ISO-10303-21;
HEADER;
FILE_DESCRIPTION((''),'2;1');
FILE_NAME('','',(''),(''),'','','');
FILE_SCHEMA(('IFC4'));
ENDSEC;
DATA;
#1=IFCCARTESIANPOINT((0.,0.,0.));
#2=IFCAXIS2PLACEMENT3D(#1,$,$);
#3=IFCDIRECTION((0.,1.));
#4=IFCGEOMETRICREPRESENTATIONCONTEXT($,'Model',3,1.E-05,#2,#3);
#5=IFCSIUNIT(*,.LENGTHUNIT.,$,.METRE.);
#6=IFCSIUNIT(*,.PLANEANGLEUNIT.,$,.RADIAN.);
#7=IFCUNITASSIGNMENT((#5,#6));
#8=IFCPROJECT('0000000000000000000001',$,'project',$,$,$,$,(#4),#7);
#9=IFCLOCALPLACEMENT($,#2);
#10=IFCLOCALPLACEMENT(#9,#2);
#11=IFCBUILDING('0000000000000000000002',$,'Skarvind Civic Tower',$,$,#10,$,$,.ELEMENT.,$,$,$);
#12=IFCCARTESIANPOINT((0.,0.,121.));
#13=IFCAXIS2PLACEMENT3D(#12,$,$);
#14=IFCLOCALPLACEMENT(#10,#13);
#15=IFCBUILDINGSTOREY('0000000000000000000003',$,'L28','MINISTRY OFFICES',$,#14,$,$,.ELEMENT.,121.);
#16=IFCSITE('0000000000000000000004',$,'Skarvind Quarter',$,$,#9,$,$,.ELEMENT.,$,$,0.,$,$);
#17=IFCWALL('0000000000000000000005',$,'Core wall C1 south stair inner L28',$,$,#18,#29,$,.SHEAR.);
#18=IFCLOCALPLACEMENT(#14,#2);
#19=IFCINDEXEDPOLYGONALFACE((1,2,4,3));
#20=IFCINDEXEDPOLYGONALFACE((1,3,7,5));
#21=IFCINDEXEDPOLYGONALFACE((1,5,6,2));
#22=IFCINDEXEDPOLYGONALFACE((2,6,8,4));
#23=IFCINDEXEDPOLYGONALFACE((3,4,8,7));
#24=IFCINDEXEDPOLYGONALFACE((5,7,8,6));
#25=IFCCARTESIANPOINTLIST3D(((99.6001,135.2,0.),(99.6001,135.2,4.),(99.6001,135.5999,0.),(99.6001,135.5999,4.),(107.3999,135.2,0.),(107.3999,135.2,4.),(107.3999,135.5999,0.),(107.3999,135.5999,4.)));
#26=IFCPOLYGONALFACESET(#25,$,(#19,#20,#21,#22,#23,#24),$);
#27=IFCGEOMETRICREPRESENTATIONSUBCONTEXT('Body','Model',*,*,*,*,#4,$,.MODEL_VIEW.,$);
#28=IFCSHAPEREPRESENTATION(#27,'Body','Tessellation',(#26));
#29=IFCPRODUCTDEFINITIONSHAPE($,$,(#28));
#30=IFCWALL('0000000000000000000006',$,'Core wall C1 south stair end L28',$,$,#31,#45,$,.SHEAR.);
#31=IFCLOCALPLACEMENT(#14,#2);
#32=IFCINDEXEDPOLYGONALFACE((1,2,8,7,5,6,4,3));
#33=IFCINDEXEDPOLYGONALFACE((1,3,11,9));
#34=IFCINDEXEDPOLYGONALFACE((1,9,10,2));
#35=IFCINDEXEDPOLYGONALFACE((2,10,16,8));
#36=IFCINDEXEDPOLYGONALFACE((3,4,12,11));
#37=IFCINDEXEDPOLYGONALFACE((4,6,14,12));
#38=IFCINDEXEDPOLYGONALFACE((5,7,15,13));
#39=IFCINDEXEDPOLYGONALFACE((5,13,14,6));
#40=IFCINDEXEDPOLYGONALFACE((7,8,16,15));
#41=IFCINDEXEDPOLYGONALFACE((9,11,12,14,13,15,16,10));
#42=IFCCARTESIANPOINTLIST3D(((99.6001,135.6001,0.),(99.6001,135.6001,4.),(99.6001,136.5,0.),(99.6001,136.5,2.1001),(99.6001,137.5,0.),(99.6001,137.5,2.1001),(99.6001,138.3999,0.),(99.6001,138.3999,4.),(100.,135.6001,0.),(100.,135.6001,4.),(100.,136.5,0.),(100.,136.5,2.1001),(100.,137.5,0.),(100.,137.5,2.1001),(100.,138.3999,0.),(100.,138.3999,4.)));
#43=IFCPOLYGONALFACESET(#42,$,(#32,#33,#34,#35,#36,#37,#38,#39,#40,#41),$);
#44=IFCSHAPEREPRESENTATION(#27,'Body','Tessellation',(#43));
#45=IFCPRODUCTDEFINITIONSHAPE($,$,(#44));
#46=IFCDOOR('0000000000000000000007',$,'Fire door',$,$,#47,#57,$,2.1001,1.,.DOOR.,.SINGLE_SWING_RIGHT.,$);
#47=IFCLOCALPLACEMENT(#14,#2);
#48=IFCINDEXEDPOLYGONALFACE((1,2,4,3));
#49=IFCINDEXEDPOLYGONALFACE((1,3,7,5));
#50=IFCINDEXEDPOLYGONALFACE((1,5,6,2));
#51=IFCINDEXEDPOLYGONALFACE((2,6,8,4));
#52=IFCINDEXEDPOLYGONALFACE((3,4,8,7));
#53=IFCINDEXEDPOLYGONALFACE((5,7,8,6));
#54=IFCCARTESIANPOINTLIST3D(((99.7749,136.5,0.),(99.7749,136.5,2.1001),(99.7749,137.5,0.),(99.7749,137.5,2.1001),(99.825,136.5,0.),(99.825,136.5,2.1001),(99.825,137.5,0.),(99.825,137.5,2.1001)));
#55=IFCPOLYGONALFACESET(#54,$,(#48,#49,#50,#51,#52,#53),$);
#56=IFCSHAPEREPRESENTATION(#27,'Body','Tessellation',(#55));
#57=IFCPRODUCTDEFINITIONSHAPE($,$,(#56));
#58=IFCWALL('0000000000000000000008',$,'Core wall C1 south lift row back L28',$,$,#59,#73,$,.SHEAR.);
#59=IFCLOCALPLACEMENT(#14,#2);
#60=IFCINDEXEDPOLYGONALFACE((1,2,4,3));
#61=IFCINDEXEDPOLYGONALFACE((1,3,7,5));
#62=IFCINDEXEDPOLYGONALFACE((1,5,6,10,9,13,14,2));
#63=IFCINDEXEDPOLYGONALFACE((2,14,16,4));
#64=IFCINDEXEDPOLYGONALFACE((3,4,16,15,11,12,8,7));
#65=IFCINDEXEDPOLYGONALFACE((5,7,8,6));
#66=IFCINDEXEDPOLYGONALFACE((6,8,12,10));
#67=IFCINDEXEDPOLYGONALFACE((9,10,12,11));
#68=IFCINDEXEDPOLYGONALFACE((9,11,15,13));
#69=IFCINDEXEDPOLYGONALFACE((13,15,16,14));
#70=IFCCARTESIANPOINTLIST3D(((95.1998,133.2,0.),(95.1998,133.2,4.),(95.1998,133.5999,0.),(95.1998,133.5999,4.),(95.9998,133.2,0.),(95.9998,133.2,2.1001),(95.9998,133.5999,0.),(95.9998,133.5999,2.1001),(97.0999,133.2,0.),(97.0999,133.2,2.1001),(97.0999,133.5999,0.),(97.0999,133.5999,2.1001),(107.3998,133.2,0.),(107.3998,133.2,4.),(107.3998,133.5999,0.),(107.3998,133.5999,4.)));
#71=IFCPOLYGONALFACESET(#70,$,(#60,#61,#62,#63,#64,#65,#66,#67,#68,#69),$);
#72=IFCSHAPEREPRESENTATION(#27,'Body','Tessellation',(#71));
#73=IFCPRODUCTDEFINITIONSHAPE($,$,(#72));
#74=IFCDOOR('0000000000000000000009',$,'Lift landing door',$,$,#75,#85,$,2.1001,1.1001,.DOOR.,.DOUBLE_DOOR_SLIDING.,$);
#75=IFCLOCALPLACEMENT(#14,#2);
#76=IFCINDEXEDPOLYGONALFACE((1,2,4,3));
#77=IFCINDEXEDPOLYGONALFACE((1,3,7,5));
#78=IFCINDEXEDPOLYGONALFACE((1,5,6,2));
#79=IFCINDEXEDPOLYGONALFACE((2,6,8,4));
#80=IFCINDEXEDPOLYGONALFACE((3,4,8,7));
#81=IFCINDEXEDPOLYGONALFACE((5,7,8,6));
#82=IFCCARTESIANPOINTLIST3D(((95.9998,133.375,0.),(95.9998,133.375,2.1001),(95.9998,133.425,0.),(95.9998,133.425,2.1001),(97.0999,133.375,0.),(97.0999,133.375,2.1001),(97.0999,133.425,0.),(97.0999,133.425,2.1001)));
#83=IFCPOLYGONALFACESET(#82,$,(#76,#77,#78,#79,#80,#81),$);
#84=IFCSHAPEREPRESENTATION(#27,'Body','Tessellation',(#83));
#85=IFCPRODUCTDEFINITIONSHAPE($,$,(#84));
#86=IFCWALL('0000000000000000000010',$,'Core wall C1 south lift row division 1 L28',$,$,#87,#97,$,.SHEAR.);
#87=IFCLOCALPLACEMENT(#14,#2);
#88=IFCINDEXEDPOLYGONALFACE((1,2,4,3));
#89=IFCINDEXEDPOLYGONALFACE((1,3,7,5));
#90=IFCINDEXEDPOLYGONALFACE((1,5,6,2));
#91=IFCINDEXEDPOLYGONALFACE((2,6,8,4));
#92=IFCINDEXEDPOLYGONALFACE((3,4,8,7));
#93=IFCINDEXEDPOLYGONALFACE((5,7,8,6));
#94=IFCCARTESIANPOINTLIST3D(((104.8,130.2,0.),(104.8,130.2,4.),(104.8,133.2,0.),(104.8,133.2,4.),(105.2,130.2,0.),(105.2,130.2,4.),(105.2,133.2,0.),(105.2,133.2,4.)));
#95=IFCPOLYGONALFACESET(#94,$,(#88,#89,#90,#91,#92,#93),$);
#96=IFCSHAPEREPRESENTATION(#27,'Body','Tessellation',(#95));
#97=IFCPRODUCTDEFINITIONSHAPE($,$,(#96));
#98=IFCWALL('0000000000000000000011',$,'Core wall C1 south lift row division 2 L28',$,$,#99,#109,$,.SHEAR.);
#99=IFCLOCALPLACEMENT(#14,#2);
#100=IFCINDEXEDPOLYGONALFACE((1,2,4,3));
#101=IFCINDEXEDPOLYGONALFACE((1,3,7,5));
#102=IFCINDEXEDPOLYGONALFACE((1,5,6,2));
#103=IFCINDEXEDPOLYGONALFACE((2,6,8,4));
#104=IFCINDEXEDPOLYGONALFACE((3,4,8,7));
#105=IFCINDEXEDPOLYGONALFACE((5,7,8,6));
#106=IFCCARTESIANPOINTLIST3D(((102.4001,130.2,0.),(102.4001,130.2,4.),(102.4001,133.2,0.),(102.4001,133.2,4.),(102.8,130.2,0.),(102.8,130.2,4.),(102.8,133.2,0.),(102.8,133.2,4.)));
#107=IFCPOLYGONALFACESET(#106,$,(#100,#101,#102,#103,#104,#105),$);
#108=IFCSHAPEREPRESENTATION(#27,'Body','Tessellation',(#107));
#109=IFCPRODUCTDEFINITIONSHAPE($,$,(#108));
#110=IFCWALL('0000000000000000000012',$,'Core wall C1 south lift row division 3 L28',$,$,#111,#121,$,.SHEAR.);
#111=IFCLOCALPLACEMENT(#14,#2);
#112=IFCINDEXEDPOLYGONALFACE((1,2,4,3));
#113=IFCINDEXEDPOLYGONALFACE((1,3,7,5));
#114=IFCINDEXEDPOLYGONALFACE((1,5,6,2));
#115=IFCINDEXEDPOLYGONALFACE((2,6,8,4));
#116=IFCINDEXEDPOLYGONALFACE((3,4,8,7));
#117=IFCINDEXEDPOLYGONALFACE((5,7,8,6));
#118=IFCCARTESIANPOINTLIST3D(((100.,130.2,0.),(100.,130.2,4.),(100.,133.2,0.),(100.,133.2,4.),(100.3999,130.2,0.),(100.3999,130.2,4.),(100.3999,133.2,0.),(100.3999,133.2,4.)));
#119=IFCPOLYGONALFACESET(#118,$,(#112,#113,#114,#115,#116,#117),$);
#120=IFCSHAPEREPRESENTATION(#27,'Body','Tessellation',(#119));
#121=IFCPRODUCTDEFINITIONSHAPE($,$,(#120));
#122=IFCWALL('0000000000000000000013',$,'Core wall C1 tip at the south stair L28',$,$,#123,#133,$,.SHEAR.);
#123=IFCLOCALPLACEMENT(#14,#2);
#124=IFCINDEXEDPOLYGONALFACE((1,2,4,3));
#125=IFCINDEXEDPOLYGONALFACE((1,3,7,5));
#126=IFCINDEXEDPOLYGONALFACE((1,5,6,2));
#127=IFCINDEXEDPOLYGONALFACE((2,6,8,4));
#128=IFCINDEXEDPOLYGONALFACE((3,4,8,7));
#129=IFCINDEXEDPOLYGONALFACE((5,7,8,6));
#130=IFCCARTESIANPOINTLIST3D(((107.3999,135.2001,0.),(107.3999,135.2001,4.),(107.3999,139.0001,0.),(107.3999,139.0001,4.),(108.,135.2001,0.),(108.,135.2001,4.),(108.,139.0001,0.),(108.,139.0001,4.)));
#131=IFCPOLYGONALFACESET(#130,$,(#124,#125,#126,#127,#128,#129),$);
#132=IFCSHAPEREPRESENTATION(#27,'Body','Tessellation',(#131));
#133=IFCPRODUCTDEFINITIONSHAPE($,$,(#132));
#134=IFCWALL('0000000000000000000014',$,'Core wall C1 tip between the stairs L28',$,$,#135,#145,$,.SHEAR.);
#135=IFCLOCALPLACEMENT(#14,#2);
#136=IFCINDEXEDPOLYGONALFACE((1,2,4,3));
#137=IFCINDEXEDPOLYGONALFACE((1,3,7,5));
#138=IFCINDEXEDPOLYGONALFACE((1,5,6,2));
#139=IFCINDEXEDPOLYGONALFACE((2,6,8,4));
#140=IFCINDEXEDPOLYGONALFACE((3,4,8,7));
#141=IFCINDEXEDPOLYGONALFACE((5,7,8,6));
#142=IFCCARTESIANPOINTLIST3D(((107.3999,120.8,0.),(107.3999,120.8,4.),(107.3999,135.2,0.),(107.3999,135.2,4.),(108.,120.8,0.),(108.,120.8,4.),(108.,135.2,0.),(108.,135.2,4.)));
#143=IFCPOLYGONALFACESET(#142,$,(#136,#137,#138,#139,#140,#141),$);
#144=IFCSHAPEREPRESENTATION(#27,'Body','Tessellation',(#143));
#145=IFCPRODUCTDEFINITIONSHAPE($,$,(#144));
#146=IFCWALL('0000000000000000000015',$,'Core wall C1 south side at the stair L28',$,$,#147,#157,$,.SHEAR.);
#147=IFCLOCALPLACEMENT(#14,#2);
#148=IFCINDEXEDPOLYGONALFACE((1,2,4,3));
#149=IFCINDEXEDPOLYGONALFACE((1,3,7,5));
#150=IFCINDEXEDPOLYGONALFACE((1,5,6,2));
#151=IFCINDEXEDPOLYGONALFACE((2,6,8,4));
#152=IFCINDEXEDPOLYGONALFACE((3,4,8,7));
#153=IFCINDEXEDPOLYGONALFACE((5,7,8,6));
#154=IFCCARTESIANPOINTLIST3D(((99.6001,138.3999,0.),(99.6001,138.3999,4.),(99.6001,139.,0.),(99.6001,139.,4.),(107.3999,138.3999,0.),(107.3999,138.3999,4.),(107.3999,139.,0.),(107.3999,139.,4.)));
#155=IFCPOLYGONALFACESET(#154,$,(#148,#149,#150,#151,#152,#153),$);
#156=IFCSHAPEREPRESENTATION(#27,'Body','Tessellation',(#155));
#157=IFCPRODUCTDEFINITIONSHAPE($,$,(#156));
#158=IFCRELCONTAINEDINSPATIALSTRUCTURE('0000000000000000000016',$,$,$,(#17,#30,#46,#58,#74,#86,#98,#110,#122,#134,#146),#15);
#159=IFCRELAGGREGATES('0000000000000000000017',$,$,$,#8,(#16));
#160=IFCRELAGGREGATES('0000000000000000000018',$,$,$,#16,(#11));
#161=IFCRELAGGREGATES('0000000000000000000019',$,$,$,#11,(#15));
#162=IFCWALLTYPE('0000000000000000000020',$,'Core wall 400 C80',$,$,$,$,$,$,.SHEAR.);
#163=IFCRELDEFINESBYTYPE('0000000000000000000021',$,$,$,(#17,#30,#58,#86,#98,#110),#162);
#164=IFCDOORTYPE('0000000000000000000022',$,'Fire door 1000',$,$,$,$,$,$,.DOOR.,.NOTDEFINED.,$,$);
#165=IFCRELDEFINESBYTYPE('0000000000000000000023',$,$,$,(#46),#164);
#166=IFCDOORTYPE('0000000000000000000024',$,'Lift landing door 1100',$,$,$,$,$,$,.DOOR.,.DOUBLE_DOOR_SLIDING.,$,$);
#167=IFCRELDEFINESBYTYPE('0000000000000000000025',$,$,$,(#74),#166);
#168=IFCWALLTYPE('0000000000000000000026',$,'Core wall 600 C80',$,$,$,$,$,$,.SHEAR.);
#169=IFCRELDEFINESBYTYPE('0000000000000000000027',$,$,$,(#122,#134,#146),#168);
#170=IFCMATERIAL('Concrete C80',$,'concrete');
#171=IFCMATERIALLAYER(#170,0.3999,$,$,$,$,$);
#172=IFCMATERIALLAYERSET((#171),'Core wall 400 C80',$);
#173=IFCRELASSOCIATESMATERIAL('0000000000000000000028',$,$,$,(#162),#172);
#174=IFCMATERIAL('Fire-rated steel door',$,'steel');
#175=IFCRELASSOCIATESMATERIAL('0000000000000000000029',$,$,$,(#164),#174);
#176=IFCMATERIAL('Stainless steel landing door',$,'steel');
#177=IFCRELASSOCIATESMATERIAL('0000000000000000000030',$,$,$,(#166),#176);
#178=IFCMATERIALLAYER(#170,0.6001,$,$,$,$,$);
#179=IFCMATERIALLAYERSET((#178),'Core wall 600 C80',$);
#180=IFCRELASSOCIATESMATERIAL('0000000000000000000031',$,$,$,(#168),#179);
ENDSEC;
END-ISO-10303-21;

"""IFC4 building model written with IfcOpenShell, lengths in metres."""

from ifc_helpers import new_model, si_unit, direction, frame, frame_2d, origin, place, context, subcontext, project, spatial, rectangle, extrude, material, layer, layer_set, type_object, element, fill, save


model = new_model("IFC4")

# Units and contexts
model_context = context("Model", 3, precision=1e-05, world=origin(), true_north=direction((0.0, 1.0)))
body_context = subcontext(model_context, "Body", "Model", "MODEL_VIEW")
ifc_project = project(units=[si_unit("LENGTHUNIT", "METRE"), si_unit("PLANEANGLEUNIT", "RADIAN")], contexts=[model_context])

# Site, building, storey
site_placement = place(None, origin())
site = spatial("IfcSite", under=ifc_project, at=site_placement, Name="Skarvind Quarter", CompositionType="ELEMENT", RefElevation=0.0)
building_placement = place(site_placement, origin())
building = spatial("IfcBuilding", under=site, at=building_placement, Name="Skarvind Civic Tower", CompositionType="ELEMENT")
storey_placement = place(building_placement, frame((0.0, 0.0, 121.0)))
storey = spatial("IfcBuildingStorey", under=building, at=storey_placement, Name="L28", Description="MINISTRY OFFICES", CompositionType="ELEMENT", Elevation=121.0)

# Wall
ifc_material_1 = material(Name="Concrete C80", Category="concrete")
ifc_layer_1 = layer(ifc_material_1, 0.3999)
ifc_layer_set_1 = layer_set([ifc_layer_1], Name="Core wall 400 C80")
wall_type_1 = type_object("IfcWallType", Name="Core wall 400 C80", PredefinedType="SHEAR", material=ifc_layer_set_1)
wall_1_placement = place(storey_placement, frame((107.3999, 135.3999, 0.0), z_axis=(0.0, 0.0, 1.0), x_axis=(-1.0, 0.0, 0.0)))
element("IfcWall", 1, at=wall_1_placement, inside=storey, type_object=wall_type_1, Name="Core wall C1 south stair inner L28", PredefinedType="SHEAR", context=body_context, shape_type="SweptSolid", body=[
    extrude(rectangle(XDim=7.7998, YDim=0.3999, at=frame_2d((3.8999, 0.0))), origin(), (0.0, 0.0, 1.0), 4.0),
])

# Walls, openings, doors
wall_2_placement = place(storey_placement, frame((99.8, 138.3999, 0.0), z_axis=(0.0, 0.0, 1.0), x_axis=(0.0, -1.0, 0.0)))
wall_2 = element("IfcWall", 2, at=wall_2_placement, inside=storey, type_object=wall_type_1, Name="Core wall C1 south stair end L28", PredefinedType="SHEAR", context=body_context, shape_type="SweptSolid", body=[
    extrude(rectangle(XDim=2.7998, YDim=0.3999, at=frame_2d((1.3999, 0.0))), origin(), (0.0, 0.0, 1.0), 4.0),
])
opening_1_placement = place(wall_2_placement, frame((0.8999, 0.0, 0.0)))
opening_1 = element("IfcOpeningElement", 3, at=opening_1_placement, cuts=wall_2, PredefinedType="OPENING", context=body_context, shape_type="SweptSolid", body=[
    extrude(rectangle(XDim=1.0, YDim=2.1001, at=frame_2d((0.5, 1.05))), frame((0.0, 0.21, 0.0), z_axis=(0.0, -1.0, 0.0), x_axis=(1.0, 0.0, 0.0)), (0.0, 0.0, 1.0), 0.4199),
])
ifc_material_2 = material(Name="Fire-rated steel door", Category="steel")
door_type_1 = type_object("IfcDoorType", Name="Fire door 1000", OperationType="NOTDEFINED", PredefinedType="DOOR", material=ifc_material_2)
door_1_placement = place(opening_1_placement, origin())
door_1 = element("IfcDoor", 4, at=door_1_placement, inside=storey, type_object=door_type_1, Name="Fire door", OperationType="SINGLE_SWING_RIGHT", OverallHeight=2.1001, OverallWidth=1.0, PredefinedType="DOOR", context=body_context, shape_type="SweptSolid", body=[
    extrude(rectangle(XDim=1.0, YDim=2.1001, at=frame_2d((0.5, 1.05))), frame((0.0, 0.0249, 0.0), z_axis=(0.0, -1.0, 0.0), x_axis=(1.0, 0.0, 0.0)), (0.0, 0.0, 1.0), 0.05),
])
fill(opening_1, door_1)
wall_3_placement = place(storey_placement, frame((107.3999, 133.3999, 0.0), z_axis=(0.0, 0.0, 1.0), x_axis=(-1.0, 0.0, 0.0)))
wall_3 = element("IfcWall", 5, at=wall_3_placement, inside=storey, type_object=wall_type_1, Name="Core wall C1 south lift row back L28", PredefinedType="SHEAR", context=body_context, shape_type="SweptSolid", body=[
    extrude(rectangle(XDim=12.2, YDim=0.3999, at=frame_2d((6.1001, 0.0))), origin(), (0.0, 0.0, 1.0), 4.0),
])
opening_2_placement = place(wall_3_placement, frame((10.3, 0.0, 0.0)))
opening_2 = element("IfcOpeningElement", 6, at=opening_2_placement, cuts=wall_3, PredefinedType="OPENING", context=body_context, shape_type="SweptSolid", body=[
    extrude(rectangle(XDim=1.1001, YDim=2.1001, at=frame_2d((0.55, 1.05))), frame((0.0, 0.21, 0.0), z_axis=(0.0, -1.0, 0.0), x_axis=(1.0, 0.0, 0.0)), (0.0, 0.0, 1.0), 0.4199),
])
ifc_material_3 = material(Name="Stainless steel landing door", Category="steel")
door_type_2 = type_object("IfcDoorType", Name="Lift landing door 1100", OperationType="DOUBLE_DOOR_SLIDING", PredefinedType="DOOR", material=ifc_material_3)
door_2_placement = place(opening_2_placement, origin())
door_2 = element("IfcDoor", 7, at=door_2_placement, inside=storey, type_object=door_type_2, Name="Lift landing door", OperationType="DOUBLE_DOOR_SLIDING", OverallHeight=2.1001, OverallWidth=1.1001, PredefinedType="DOOR", context=body_context, shape_type="SweptSolid", body=[
    extrude(rectangle(XDim=1.1001, YDim=2.1001, at=frame_2d((0.55, 1.05))), frame((0.0, 0.0249, 0.0), z_axis=(0.0, -1.0, 0.0), x_axis=(1.0, 0.0, 0.0)), (0.0, 0.0, 1.0), 0.05),
])
fill(opening_2, door_2)

# Walls
for number, where, z_axis, x_axis, name in (
    (8, (105.0, 133.2, 0.0), (0.0, 0.0, 1.0), (0.0, -1.0, 0.0), "Core wall C1 south lift row division 1 L28"),
    (9, (102.6001, 133.2, 0.0), (0.0, 0.0, 1.0), (0.0, -1.0, 0.0), "Core wall C1 south lift row division 2 L28"),
    (10, (100.2, 133.2, 0.0), (0.0, 0.0, 1.0), (0.0, -1.0, 0.0), "Core wall C1 south lift row division 3 L28"),
):
    element("IfcWall", number, at=place(storey_placement, frame(where, z_axis=z_axis, x_axis=x_axis)), inside=storey, type_object=wall_type_1, Name=name, PredefinedType="SHEAR", context=body_context, shape_type="SweptSolid", body=[
        extrude(rectangle(XDim=3.0, YDim=0.3999, at=frame_2d((1.5, 0.0))), origin(), (0.0, 0.0, 1.0), 4.0),
    ])
ifc_layer_2 = layer(ifc_material_1, 0.6001)
ifc_layer_set_2 = layer_set([ifc_layer_2], Name="Core wall 600 C80")
wall_type_2 = type_object("IfcWallType", Name="Core wall 600 C80", PredefinedType="SHEAR", material=ifc_layer_set_2)
wall_4_placement = place(storey_placement, frame((107.7, 139.0, 0.0), z_axis=(0.0, 0.0, 1.0), x_axis=(0.0, -1.0, 0.0)))
element("IfcWall", 11, at=wall_4_placement, inside=storey, type_object=wall_type_2, Name="Core wall C1 tip at the south stair L28", PredefinedType="SHEAR", context=body_context, shape_type="SweptSolid", body=[
    extrude(rectangle(XDim=3.8, YDim=0.6001, at=frame_2d((1.8999, 0.0))), origin(), (0.0, 0.0, 1.0), 4.0),
])
wall_5_placement = place(storey_placement, frame((107.7, 135.2, 0.0), z_axis=(0.0, 0.0, 1.0), x_axis=(0.0, -1.0, 0.0)))
element("IfcWall", 12, at=wall_5_placement, inside=storey, type_object=wall_type_2, Name="Core wall C1 tip between the stairs L28", PredefinedType="SHEAR", context=body_context, shape_type="SweptSolid", body=[
    extrude(rectangle(XDim=14.3999, YDim=0.6001, at=frame_2d((7.2, 0.0))), origin(), (0.0, 0.0, 1.0), 4.0),
])
wall_6_placement = place(storey_placement, frame((107.3999, 138.7, 0.0), z_axis=(0.0, 0.0, 1.0), x_axis=(-1.0, 0.0, 0.0)))
element("IfcWall", 13, at=wall_6_placement, inside=storey, type_object=wall_type_2, Name="Core wall C1 south side at the stair L28", PredefinedType="SHEAR", context=body_context, shape_type="SweptSolid", body=[
    extrude(rectangle(XDim=7.7998, YDim=0.6001, at=frame_2d((3.8999, 0.0))), origin(), (0.0, 0.0, 1.0), 4.0),
])

save(model, "model.ifc")
